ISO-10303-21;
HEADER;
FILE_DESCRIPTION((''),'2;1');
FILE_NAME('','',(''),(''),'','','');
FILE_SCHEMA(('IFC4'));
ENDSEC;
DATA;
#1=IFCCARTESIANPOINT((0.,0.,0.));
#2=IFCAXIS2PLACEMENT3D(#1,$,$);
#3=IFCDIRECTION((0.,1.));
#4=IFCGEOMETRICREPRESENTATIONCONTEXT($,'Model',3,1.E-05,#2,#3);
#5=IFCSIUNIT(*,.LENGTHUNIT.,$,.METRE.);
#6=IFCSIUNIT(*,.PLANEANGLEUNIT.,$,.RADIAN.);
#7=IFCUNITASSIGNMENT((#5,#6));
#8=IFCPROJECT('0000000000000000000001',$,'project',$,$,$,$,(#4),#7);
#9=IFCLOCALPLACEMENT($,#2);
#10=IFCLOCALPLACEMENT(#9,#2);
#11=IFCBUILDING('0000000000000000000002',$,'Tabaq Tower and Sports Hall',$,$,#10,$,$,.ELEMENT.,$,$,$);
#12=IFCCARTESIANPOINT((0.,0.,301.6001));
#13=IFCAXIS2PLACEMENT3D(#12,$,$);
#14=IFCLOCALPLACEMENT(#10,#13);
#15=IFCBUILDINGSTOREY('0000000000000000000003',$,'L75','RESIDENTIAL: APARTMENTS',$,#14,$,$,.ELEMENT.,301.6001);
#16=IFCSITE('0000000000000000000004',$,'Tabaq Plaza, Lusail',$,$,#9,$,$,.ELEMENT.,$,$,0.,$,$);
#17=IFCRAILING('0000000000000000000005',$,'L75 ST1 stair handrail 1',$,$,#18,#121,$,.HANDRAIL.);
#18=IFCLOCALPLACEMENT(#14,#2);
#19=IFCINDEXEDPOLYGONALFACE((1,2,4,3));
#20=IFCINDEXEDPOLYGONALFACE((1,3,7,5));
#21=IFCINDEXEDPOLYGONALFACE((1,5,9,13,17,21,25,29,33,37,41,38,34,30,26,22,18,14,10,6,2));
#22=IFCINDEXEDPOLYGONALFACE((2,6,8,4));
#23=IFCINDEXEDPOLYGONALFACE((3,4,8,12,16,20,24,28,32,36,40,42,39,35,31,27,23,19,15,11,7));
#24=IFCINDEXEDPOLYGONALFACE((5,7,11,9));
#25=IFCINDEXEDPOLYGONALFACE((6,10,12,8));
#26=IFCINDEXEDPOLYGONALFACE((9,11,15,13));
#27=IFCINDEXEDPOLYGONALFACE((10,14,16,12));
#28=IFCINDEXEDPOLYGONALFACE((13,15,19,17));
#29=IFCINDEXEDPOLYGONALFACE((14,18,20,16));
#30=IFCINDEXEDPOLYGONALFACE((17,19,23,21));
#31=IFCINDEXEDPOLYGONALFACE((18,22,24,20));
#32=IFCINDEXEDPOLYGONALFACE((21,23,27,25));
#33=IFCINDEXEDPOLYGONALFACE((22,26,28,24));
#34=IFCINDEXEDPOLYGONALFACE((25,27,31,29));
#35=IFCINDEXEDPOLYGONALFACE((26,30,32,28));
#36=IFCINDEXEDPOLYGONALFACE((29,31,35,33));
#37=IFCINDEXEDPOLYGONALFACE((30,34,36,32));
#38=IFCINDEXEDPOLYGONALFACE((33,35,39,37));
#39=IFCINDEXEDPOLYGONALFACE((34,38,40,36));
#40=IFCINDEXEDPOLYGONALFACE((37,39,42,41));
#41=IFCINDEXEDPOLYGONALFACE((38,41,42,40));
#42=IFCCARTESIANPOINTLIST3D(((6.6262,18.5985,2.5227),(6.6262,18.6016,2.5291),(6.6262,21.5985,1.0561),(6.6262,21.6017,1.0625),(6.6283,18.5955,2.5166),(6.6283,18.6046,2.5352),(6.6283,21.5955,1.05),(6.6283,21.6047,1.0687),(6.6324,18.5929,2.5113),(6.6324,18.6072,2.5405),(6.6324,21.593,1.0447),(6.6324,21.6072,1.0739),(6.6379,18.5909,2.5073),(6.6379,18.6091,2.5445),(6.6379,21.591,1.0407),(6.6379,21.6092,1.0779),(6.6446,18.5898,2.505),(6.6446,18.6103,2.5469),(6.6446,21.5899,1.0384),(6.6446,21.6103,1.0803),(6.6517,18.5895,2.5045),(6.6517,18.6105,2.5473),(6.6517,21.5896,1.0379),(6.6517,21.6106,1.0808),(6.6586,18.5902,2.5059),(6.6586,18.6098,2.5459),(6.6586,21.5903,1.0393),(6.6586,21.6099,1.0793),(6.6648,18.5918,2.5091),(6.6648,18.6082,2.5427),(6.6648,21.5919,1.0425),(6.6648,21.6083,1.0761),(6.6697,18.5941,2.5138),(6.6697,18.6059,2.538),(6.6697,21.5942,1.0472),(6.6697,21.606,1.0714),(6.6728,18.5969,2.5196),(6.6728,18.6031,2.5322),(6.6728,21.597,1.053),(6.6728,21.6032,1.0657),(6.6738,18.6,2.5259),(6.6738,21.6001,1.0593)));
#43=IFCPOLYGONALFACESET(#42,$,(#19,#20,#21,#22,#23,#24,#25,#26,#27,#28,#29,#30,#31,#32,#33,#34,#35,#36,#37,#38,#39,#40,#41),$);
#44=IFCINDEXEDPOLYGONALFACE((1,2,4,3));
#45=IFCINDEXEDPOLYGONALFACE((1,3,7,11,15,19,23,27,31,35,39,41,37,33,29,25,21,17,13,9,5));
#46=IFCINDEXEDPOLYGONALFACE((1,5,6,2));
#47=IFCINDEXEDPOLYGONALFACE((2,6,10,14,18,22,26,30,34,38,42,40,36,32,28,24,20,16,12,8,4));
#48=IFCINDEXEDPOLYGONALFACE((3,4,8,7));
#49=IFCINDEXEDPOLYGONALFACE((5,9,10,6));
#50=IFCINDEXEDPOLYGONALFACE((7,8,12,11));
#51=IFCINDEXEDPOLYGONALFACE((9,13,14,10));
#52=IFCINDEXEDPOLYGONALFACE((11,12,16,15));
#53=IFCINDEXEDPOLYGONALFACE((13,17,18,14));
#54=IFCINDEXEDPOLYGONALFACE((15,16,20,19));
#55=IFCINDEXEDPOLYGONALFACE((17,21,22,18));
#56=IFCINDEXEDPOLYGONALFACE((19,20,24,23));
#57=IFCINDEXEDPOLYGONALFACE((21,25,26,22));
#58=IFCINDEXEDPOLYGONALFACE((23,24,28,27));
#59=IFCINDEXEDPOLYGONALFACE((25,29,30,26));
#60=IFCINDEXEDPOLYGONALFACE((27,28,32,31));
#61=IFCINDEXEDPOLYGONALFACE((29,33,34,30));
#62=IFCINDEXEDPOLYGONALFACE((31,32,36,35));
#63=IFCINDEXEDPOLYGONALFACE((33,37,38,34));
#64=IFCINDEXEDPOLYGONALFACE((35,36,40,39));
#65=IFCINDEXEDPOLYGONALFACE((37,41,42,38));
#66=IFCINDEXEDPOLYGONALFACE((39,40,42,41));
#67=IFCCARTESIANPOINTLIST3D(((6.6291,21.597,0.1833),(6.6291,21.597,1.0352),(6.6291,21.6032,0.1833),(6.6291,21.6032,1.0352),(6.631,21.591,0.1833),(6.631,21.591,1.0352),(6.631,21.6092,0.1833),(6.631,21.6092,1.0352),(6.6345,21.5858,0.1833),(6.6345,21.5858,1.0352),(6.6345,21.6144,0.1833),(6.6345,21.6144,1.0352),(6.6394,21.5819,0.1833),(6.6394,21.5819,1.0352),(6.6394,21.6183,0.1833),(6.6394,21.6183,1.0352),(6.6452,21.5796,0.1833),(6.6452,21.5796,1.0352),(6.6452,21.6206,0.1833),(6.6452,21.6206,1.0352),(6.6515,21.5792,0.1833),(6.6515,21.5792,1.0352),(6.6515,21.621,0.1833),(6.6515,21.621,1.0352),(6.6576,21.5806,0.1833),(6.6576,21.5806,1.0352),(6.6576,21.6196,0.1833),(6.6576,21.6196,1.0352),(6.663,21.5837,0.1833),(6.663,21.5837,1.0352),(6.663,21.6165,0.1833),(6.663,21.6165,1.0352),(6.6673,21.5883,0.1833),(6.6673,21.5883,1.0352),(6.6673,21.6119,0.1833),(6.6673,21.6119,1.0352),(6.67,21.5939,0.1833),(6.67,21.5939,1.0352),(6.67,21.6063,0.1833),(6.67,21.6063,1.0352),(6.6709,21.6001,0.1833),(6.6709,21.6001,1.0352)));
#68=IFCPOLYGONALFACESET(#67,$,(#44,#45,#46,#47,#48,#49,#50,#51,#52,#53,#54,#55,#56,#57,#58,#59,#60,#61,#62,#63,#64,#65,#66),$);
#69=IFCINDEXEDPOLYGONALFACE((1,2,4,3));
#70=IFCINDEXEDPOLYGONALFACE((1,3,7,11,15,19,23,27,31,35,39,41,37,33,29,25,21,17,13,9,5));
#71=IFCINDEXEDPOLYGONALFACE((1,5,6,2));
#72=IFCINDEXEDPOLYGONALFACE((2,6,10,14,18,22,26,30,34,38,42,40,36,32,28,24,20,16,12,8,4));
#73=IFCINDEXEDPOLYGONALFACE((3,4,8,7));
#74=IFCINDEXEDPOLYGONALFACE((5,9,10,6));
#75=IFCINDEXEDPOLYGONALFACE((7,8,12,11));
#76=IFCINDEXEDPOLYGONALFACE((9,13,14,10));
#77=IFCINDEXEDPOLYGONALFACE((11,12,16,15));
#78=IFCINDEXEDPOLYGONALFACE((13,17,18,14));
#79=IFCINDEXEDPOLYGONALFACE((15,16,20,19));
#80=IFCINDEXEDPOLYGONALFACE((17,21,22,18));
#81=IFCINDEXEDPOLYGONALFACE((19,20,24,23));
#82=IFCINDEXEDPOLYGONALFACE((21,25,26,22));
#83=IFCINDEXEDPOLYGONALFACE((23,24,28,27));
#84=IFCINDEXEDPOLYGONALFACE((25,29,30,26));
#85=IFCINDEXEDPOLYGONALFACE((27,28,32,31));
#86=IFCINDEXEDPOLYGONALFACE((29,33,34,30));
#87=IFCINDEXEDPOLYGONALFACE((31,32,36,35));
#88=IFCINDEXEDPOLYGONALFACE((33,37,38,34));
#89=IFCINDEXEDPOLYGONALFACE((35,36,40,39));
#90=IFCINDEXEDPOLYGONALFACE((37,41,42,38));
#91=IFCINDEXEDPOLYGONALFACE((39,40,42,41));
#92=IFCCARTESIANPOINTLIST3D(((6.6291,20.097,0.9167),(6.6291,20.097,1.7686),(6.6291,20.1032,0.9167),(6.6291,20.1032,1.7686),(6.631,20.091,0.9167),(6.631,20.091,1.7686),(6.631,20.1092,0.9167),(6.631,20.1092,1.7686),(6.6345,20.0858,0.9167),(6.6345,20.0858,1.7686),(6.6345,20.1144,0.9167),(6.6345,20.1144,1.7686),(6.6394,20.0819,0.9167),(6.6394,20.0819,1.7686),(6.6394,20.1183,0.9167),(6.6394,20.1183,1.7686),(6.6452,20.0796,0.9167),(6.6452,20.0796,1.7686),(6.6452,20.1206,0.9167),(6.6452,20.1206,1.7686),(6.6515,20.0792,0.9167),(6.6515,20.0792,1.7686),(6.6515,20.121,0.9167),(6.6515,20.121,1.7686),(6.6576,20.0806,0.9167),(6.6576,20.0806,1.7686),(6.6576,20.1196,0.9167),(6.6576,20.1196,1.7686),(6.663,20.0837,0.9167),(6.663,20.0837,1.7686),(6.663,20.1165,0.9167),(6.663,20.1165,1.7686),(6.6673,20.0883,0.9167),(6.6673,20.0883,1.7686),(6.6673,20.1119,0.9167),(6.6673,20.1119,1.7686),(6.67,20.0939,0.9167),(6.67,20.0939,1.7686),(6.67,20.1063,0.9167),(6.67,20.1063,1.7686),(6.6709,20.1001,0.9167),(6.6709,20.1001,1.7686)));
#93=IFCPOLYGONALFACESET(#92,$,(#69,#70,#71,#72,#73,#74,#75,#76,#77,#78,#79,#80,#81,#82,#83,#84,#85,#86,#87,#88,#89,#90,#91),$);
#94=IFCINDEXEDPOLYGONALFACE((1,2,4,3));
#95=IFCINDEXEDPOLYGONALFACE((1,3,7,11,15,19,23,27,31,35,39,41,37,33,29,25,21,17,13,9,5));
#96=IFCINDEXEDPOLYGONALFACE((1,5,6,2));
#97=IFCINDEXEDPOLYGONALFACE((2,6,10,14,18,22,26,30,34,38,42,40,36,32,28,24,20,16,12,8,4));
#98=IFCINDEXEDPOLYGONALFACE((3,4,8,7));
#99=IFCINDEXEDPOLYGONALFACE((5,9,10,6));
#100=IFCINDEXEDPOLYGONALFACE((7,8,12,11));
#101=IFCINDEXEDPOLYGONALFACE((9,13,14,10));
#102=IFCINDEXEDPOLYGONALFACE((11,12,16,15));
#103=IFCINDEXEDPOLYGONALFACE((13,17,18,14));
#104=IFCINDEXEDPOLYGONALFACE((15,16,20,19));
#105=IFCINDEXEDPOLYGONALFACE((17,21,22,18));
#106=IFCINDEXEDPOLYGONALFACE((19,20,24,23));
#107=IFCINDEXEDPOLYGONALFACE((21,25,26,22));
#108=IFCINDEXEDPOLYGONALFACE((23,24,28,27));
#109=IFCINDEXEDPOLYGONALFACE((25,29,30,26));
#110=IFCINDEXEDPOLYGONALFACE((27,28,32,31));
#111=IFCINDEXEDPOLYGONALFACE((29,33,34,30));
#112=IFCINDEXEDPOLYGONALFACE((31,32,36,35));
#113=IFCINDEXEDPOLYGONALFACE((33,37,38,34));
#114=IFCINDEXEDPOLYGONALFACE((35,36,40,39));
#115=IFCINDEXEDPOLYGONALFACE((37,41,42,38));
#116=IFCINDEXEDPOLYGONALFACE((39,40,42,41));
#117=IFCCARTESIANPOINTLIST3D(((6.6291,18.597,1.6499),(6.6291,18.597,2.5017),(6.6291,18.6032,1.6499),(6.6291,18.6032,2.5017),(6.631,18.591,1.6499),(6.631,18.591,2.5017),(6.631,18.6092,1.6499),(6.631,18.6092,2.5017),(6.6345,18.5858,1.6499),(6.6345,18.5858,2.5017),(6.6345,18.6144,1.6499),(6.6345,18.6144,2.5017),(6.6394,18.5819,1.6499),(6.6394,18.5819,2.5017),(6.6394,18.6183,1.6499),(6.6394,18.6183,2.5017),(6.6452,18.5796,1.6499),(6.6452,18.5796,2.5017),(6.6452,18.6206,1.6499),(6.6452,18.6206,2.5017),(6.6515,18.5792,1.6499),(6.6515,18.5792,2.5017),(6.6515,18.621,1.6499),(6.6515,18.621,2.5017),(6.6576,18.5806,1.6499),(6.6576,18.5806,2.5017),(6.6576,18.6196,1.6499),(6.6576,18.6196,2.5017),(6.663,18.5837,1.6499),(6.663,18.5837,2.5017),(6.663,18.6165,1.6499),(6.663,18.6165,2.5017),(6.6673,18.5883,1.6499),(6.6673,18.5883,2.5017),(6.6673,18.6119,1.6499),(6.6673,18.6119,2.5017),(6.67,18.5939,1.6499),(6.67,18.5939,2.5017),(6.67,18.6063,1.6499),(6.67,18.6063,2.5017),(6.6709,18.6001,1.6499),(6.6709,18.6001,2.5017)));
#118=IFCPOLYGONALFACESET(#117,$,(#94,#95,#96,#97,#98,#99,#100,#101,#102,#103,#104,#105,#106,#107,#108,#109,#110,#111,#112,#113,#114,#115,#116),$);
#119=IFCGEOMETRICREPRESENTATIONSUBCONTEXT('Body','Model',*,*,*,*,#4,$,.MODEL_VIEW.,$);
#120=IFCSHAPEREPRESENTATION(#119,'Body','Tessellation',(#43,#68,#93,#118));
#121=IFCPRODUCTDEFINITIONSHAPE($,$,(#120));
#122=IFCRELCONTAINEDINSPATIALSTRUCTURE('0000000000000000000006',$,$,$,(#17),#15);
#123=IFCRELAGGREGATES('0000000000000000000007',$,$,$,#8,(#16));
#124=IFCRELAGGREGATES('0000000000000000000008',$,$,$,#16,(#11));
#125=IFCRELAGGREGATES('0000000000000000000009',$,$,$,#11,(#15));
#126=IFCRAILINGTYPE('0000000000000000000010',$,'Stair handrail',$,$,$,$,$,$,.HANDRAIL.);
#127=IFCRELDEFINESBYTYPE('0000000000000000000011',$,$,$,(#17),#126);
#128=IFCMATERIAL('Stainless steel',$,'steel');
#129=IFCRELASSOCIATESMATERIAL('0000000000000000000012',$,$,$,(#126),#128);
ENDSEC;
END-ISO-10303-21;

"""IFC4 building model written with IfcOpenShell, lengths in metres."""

from ifc_helpers import new_model, si_unit, direction, frame, origin, origin_2d, place, context, subcontext, project, spatial, circle, extrude, material, type_object, element, save


model = new_model("IFC4")

# Units and contexts
model_context = context("Model", 3, precision=1e-05, world=origin(), true_north=direction((0.0, 1.0)))
body_context = subcontext(model_context, "Body", "Model", "MODEL_VIEW")
ifc_project = project(units=[si_unit("LENGTHUNIT", "METRE"), si_unit("PLANEANGLEUNIT", "RADIAN")], contexts=[model_context])

# Site, building, storey
site_placement = place(None, origin())
site = spatial("IfcSite", under=ifc_project, at=site_placement, Name="Tabaq Plaza, Lusail", CompositionType="ELEMENT", RefElevation=0.0)
building_placement = place(site_placement, origin())
building = spatial("IfcBuilding", under=site, at=building_placement, Name="Tabaq Tower and Sports Hall", CompositionType="ELEMENT")
storey_placement = place(building_placement, frame((0.0, 0.0, 301.6001)))
storey = spatial("IfcBuildingStorey", under=building, at=storey_placement, Name="L75", Description="RESIDENTIAL: APARTMENTS", CompositionType="ELEMENT", Elevation=301.6001)

# Railing
ifc_material_1 = material(Name="Stainless steel", Category="steel")
railing_type_1 = type_object("IfcRailingType", Name="Stair handrail", PredefinedType="HANDRAIL", material=ifc_material_1)
railing_1_placement = place(storey_placement, frame((6.6499, 21.6001, 0.1833)))
element("IfcRailing", 1, at=railing_1_placement, inside=storey, type_object=railing_type_1, Name="L75 ST1 stair handrail 1", PredefinedType="HANDRAIL", context=body_context, shape_type="SweptSolid", body=[
    extrude(circle(Radius=0.0239, at=origin_2d()), frame((0.0, 0.0, 0.876), z_axis=(0.0, -0.898398, 0.439183), x_axis=(1.0, 0.0, 0.0)), (0.0, 0.0, 1.0), 3.3394),
    extrude(circle(Radius=0.021, at=origin_2d()), origin(), (0.0, 0.0, 1.0), 0.8518),
    extrude(circle(Radius=0.021, at=origin_2d()), frame((0.0, -1.5, 0.7334)), (0.0, 0.0, 1.0), 0.8518),
    extrude(circle(Radius=0.021, at=origin_2d()), frame((0.0, -3.0, 1.4666)), (0.0, 0.0, 1.0), 0.8518),
])

save(model, "model.ifc")
